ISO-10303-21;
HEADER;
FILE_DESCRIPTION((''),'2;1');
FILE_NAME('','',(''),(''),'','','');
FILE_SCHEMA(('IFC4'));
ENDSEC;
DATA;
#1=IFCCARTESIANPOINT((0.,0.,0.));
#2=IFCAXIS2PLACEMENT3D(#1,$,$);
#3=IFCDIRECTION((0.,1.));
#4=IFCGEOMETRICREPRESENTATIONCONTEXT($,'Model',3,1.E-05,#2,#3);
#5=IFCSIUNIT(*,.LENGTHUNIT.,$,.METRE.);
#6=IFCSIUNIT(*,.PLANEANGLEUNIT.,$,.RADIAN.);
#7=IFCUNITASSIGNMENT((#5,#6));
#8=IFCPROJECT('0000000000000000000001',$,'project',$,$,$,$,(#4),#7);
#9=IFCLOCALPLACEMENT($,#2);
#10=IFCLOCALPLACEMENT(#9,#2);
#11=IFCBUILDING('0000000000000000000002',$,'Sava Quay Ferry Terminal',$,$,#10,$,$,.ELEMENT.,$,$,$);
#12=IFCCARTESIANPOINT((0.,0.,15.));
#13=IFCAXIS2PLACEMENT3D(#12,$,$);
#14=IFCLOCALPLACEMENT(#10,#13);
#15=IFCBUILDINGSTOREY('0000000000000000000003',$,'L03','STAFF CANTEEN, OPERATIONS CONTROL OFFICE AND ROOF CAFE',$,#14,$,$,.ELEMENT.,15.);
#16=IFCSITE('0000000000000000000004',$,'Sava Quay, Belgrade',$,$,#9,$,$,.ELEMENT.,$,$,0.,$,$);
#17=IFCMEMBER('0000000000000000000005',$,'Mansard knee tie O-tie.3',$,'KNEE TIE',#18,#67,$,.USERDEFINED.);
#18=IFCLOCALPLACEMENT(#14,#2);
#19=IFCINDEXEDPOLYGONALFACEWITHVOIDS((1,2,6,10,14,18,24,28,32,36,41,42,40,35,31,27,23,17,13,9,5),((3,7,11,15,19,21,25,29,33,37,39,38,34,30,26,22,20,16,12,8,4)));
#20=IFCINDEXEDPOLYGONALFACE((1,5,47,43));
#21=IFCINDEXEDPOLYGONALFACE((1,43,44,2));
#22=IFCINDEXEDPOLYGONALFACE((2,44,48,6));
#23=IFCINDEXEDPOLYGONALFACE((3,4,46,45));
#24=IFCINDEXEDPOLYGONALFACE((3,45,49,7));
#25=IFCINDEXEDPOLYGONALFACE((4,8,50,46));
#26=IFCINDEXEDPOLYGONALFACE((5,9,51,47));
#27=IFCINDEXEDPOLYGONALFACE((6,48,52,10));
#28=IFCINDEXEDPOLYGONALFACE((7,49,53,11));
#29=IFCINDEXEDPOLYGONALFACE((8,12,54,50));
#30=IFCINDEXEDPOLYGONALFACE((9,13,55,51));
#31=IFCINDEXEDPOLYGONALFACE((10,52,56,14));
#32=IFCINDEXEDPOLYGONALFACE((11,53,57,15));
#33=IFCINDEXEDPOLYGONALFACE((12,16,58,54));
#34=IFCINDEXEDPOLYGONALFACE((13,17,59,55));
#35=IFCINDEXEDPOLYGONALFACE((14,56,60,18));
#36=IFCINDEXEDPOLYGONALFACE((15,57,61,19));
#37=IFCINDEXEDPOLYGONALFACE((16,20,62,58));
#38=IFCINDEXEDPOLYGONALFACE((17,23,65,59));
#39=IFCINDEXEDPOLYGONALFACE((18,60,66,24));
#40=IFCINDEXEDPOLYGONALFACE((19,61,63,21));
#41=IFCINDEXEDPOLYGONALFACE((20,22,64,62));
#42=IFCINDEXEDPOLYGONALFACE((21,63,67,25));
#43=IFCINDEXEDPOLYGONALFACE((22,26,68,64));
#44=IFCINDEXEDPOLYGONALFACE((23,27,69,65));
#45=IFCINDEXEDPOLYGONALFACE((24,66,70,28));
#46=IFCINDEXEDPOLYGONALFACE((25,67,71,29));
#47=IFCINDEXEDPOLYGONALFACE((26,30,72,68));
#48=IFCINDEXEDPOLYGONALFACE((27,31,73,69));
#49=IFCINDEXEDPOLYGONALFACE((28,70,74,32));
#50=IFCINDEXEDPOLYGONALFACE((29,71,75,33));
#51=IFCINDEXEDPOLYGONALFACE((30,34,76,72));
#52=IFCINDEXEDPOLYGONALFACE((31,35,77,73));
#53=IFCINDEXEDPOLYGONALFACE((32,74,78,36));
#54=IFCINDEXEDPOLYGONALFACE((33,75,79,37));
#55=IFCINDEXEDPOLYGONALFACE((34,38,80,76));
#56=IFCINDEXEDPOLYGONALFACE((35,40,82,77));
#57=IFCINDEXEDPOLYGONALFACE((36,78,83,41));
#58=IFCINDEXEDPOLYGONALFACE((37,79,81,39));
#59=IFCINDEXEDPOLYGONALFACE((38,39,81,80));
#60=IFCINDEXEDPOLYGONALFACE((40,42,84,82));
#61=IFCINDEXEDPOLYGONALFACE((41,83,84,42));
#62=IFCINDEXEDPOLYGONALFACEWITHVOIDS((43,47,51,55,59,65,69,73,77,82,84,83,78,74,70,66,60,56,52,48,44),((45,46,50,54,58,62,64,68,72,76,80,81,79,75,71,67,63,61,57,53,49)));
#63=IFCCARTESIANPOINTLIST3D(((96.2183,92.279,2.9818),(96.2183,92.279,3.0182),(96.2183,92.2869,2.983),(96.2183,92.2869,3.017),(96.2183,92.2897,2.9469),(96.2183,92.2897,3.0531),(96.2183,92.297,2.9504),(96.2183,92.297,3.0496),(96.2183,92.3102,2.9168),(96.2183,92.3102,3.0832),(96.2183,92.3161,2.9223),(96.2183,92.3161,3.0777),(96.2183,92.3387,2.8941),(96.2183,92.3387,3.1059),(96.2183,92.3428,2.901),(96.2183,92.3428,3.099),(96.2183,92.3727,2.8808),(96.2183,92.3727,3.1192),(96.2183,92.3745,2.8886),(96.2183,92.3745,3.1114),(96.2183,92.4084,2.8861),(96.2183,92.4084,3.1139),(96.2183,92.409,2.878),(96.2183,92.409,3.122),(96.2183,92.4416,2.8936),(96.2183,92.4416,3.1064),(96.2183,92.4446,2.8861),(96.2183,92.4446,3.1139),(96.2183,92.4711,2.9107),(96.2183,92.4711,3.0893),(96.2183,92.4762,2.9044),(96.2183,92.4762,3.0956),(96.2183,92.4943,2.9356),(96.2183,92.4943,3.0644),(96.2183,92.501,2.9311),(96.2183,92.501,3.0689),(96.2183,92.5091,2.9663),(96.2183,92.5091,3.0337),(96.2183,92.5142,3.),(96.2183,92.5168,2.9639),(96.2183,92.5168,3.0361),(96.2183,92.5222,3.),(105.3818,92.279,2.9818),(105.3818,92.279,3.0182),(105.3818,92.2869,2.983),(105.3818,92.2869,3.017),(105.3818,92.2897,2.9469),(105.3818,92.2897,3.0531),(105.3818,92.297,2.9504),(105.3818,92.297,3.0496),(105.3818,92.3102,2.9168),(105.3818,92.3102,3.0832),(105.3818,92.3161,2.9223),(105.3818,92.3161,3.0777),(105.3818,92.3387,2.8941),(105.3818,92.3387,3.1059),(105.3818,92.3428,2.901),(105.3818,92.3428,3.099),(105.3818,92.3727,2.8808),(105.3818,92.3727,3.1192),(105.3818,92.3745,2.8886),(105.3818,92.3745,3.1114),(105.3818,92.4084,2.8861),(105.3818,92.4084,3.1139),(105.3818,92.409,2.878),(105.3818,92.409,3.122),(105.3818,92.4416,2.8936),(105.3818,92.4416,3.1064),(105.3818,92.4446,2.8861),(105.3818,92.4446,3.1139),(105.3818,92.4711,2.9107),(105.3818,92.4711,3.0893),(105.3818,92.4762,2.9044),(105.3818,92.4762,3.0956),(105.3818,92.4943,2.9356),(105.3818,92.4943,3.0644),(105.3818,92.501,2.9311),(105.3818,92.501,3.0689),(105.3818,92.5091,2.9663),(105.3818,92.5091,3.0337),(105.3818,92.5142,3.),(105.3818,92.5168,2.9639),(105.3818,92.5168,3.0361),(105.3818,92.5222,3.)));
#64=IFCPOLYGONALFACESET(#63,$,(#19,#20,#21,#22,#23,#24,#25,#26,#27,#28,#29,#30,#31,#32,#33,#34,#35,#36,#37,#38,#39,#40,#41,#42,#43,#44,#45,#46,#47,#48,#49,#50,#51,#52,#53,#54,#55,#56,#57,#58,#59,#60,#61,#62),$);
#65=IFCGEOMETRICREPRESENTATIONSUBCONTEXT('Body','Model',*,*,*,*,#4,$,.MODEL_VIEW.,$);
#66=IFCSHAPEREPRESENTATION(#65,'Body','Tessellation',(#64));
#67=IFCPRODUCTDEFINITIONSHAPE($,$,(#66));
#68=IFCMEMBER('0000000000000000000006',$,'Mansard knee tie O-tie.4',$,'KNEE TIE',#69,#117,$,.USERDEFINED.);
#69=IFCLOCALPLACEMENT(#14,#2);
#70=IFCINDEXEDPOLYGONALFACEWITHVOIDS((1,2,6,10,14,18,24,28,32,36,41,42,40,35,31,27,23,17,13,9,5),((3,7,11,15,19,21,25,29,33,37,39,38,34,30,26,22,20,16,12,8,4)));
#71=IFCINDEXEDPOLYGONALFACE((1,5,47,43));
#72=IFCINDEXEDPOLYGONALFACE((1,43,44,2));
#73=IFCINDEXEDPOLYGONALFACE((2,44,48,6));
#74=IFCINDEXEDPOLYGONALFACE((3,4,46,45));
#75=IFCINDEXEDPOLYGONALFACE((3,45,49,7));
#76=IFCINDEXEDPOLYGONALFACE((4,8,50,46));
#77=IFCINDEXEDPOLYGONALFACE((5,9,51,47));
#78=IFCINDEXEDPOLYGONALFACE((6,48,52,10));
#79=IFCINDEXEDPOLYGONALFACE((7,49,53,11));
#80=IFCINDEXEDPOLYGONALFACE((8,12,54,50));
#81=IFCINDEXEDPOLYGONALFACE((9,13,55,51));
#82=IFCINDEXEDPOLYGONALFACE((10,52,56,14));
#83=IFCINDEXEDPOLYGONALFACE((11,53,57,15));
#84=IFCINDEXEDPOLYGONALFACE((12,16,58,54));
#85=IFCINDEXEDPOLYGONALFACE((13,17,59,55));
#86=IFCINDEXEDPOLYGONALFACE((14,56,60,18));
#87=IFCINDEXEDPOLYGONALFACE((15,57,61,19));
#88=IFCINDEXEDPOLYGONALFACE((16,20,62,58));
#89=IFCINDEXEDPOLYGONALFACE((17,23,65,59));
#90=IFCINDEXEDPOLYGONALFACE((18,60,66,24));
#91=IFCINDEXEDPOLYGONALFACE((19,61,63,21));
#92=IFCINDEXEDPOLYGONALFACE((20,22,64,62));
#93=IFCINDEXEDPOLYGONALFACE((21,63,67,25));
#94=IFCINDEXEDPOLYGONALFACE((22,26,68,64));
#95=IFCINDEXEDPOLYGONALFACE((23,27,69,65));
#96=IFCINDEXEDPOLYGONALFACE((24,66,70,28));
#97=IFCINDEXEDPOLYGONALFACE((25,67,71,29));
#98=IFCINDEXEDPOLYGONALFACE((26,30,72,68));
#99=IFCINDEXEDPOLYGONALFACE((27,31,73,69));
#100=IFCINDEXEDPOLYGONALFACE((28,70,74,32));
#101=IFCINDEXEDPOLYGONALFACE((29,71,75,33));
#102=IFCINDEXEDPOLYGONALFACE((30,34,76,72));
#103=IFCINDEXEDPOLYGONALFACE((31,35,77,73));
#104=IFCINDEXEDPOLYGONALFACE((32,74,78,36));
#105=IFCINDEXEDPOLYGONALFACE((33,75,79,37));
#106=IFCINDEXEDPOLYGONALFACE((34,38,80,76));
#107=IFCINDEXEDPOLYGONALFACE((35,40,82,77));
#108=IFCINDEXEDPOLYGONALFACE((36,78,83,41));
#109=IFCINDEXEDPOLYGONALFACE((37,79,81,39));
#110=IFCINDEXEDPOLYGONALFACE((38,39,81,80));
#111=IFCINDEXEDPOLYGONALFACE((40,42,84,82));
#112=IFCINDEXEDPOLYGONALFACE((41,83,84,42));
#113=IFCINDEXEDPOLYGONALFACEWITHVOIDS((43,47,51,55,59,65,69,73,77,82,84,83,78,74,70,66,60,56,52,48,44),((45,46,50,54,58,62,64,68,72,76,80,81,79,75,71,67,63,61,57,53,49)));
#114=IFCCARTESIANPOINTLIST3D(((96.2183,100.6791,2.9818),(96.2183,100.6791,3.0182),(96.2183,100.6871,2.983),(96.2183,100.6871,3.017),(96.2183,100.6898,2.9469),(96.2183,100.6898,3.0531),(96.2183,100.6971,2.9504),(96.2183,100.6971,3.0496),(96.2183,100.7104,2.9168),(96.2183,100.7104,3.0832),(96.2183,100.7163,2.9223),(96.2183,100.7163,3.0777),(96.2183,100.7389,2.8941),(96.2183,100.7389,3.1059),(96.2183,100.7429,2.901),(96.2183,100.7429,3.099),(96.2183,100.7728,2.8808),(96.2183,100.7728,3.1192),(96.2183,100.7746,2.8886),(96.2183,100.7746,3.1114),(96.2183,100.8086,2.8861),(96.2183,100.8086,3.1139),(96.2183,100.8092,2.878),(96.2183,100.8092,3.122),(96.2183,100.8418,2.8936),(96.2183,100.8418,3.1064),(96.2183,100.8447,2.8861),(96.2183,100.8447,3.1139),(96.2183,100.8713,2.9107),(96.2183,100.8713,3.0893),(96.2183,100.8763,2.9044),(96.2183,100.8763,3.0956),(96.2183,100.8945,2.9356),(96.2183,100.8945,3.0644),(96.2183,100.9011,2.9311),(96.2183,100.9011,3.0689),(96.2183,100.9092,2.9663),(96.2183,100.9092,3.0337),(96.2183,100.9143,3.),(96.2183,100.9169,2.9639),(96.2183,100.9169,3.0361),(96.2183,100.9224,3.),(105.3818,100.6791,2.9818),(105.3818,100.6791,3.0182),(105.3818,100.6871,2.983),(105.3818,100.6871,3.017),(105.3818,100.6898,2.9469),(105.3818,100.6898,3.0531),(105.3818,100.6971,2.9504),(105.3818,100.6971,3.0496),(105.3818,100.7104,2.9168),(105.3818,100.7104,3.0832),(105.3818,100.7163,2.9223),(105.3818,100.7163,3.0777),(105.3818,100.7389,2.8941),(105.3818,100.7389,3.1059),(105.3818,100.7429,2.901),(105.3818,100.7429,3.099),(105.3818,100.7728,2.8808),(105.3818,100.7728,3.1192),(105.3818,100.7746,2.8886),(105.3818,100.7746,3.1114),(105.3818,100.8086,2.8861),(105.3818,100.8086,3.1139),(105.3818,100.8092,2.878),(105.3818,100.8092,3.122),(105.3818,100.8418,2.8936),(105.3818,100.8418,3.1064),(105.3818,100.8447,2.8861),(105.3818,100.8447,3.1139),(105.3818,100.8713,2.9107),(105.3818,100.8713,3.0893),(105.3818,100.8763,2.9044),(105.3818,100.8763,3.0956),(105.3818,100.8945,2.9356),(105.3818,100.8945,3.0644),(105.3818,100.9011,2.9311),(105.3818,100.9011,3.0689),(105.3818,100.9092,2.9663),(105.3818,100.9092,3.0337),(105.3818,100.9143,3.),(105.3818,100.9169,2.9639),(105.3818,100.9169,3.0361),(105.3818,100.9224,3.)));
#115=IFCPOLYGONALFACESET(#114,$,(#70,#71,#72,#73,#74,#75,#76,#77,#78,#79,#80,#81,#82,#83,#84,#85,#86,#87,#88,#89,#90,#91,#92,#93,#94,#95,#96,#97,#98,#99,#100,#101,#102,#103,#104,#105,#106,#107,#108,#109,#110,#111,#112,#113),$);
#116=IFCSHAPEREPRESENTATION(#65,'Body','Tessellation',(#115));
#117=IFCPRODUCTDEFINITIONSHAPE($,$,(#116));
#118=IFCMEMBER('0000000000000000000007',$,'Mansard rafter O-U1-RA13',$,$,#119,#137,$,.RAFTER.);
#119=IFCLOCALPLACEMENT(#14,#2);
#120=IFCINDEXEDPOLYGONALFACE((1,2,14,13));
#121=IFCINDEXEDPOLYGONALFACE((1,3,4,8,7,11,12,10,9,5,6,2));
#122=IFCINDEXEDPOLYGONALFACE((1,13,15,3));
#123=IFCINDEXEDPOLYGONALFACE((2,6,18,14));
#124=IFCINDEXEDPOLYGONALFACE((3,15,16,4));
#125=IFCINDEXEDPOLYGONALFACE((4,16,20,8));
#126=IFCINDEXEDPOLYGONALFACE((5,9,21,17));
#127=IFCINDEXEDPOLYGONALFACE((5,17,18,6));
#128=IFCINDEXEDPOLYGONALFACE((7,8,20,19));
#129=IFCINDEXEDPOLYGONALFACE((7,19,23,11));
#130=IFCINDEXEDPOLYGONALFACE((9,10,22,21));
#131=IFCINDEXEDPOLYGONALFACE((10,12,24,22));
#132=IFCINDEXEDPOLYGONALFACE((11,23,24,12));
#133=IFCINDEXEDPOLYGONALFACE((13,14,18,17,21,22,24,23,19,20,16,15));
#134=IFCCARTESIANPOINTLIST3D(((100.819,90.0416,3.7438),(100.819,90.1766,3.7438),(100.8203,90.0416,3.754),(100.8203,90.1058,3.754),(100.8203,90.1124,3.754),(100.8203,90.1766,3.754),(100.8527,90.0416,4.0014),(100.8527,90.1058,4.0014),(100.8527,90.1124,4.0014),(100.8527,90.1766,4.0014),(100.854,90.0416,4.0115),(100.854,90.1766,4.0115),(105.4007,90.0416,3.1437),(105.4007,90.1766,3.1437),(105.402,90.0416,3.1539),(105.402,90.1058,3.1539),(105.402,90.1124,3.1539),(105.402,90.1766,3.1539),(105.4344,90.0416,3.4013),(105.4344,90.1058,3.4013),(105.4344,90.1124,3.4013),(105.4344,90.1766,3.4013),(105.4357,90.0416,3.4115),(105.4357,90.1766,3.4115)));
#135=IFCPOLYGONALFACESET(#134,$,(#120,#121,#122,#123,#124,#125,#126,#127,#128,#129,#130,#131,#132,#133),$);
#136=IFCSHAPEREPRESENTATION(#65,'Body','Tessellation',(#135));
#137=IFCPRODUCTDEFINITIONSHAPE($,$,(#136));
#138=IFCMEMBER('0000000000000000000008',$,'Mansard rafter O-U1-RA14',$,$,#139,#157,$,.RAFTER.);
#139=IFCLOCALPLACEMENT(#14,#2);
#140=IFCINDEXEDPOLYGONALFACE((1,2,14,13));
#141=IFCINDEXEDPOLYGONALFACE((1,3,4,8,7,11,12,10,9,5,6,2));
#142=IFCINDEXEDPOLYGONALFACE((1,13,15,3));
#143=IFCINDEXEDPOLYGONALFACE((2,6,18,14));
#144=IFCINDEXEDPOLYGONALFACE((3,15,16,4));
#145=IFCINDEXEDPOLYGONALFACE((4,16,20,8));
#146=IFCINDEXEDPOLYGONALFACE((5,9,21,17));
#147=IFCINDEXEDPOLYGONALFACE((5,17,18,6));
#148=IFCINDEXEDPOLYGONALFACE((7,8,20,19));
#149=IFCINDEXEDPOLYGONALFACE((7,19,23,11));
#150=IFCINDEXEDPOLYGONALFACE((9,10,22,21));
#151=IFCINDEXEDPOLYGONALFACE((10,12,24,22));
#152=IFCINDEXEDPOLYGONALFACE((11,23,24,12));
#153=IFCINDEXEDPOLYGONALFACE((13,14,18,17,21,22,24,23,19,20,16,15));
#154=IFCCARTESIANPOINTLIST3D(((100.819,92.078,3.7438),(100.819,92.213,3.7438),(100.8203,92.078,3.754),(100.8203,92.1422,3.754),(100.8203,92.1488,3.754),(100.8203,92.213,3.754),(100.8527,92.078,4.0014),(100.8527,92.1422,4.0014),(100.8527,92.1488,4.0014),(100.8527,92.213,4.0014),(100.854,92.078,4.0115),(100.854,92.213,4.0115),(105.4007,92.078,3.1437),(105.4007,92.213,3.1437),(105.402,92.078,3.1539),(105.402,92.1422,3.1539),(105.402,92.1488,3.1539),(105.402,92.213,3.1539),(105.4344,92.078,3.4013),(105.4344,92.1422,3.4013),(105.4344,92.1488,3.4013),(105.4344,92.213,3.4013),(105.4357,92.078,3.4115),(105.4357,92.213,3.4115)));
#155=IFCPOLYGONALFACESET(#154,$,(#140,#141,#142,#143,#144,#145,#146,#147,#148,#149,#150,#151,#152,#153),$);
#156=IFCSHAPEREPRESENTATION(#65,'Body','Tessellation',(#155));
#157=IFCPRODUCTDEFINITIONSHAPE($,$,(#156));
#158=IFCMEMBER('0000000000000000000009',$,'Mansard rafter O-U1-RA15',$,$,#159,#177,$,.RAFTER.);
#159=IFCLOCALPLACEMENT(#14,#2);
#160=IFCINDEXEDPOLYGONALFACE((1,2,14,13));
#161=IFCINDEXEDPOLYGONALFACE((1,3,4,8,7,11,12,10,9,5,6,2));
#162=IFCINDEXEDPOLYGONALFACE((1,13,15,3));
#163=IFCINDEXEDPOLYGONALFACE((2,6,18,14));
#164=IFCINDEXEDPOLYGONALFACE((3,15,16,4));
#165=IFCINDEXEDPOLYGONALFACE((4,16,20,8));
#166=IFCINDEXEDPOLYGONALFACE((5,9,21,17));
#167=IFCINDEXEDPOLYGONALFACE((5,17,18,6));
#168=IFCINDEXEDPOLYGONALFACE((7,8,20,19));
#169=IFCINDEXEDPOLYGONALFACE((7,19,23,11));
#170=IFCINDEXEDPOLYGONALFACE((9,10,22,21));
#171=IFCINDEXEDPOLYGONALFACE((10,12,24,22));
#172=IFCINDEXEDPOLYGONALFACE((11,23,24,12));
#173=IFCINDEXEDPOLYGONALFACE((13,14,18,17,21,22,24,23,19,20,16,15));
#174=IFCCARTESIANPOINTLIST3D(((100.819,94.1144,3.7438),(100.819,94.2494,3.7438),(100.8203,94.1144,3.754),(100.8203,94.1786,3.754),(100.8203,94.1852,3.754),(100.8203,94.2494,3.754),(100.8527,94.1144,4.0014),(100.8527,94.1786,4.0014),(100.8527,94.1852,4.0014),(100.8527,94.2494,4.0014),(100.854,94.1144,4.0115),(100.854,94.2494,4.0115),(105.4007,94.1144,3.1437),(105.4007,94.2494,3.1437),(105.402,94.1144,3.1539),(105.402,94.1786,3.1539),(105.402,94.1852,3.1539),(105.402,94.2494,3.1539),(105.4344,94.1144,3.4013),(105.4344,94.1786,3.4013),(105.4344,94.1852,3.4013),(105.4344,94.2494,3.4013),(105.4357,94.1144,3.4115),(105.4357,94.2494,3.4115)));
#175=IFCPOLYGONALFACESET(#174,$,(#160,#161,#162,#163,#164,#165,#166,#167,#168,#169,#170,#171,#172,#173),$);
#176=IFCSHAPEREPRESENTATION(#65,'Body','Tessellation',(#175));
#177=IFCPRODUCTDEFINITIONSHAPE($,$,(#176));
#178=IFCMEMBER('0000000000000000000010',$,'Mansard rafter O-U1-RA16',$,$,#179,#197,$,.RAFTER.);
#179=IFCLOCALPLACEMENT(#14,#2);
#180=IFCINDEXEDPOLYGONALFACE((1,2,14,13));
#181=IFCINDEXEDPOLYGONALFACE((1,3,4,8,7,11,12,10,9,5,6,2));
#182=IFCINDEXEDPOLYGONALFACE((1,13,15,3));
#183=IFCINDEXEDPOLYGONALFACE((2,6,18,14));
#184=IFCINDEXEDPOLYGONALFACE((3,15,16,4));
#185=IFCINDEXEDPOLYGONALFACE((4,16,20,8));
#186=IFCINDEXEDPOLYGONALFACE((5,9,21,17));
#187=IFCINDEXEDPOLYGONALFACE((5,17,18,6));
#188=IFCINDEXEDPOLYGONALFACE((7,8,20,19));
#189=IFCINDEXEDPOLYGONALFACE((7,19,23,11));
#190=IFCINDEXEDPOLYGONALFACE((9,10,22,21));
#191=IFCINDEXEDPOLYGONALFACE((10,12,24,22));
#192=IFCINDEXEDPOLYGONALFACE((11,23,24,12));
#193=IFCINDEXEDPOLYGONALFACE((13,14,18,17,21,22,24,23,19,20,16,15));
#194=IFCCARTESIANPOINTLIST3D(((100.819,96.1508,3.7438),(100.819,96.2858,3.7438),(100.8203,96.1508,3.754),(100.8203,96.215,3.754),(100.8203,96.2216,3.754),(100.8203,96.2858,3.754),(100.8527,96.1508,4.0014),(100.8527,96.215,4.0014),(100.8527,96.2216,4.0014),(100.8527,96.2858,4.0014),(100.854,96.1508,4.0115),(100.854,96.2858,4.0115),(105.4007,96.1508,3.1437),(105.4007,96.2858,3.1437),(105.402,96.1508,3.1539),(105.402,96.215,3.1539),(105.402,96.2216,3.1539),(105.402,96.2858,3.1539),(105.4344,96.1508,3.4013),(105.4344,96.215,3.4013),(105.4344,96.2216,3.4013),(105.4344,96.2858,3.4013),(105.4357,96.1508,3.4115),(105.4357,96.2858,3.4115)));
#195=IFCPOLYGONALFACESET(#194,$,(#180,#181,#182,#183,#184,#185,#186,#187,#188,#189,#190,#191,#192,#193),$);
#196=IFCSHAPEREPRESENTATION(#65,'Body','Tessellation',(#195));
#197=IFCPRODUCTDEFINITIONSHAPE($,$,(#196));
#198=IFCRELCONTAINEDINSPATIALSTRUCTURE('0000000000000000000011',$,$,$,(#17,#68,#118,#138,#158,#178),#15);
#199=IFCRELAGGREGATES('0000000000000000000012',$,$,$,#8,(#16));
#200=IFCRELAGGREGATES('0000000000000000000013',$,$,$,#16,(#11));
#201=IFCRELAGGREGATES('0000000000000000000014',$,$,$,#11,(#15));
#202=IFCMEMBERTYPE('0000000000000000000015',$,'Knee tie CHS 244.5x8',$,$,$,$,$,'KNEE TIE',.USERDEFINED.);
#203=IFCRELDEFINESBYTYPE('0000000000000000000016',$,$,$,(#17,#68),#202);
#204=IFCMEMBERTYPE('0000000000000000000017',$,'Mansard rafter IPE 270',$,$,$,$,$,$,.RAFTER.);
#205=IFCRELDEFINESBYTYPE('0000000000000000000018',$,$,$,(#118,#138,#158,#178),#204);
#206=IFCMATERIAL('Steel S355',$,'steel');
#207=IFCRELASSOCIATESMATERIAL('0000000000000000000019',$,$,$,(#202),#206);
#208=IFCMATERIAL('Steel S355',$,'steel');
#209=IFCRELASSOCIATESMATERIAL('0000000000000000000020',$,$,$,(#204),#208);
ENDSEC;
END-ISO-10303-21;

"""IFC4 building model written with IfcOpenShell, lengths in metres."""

from ifc_helpers import new_model, si_unit, direction, frame, origin, origin_2d, place, context, subcontext, project, spatial, hollow_circle, i_section, extrude, material, material_profile, profile_set, type_object, element, save


model = new_model("IFC4")

# Units and contexts
model_context = context("Model", 3, precision=1e-05, world=origin(), true_north=direction((0.0, 1.0)))
body_context = subcontext(model_context, "Body", "Model", "MODEL_VIEW")
ifc_project = project(units=[si_unit("LENGTHUNIT", "METRE"), si_unit("PLANEANGLEUNIT", "RADIAN")], contexts=[model_context])

# Site, building, storey
site_placement = place(None, origin())
site = spatial("IfcSite", under=ifc_project, at=site_placement, Name="Sava Quay, Belgrade", CompositionType="ELEMENT", RefElevation=0.0)
building_placement = place(site_placement, origin())
building = spatial("IfcBuilding", under=site, at=building_placement, Name="Sava Quay Ferry Terminal", CompositionType="ELEMENT")
storey_placement = place(building_placement, frame((0.0, 0.0, 15.0)))
storey = spatial("IfcBuildingStorey", under=building, at=storey_placement, Name="L03", Description="STAFF CANTEEN, OPERATIONS CONTROL OFFICE AND ROOF CAFE", CompositionType="ELEMENT", Elevation=15.0)

# Members
ifc_material_1 = material(Name="Steel S355", Category="steel")
ifc_material_profile_1 = material_profile(ifc_material_1, hollow_circle(Radius=0.1223, WallThickness=0.0081, at=origin_2d()), Name="CHS 244.5 x 8.0")
ifc_profile_set_1 = profile_set([ifc_material_profile_1], Name="Steel S355")
member_type_1 = type_object("IfcMemberType", Name="Knee tie CHS 244.5x8", ElementType="KNEE TIE", PredefinedType="USERDEFINED", material=ifc_profile_set_1)
for number, where, z_axis, x_axis, name in (
    (1, (96.2183, 92.3999, 3.0), (1.0, 0.0, 0.0), (0.0, 1.0, 0.0), "Mansard knee tie O-tie.3"),
    (2, (96.2183, 100.8, 3.0), (1.0, 0.0, 0.0), (0.0, 1.0, 0.0), "Mansard knee tie O-tie.4"),
):
    element("IfcMember", number, at=place(storey_placement, frame(where, z_axis=z_axis, x_axis=x_axis)), inside=storey, type_object=member_type_1, Name=name, ObjectType="KNEE TIE", PredefinedType="USERDEFINED", context=body_context, shape_type="SweptSolid", body=[
        extrude(hollow_circle(Radius=0.1223, WallThickness=0.0081, at=origin_2d()), origin(), (0.0, 0.0, 1.0), 9.1636),
    ])
ifc_material_2 = material(Name="Steel S355", Category="steel")
ifc_material_profile_2 = material_profile(ifc_material_2, i_section(OverallWidth=0.135, OverallDepth=0.27, WebThickness=0.0066, FlangeThickness=0.0103, at=origin_2d()), Name="IPE 270")
ifc_profile_set_2 = profile_set([ifc_material_profile_2], Name="Steel S355")
member_type_2 = type_object("IfcMemberType", Name="Mansard rafter IPE 270", PredefinedType="RAFTER", material=ifc_profile_set_2)
for number, where, z_axis, x_axis, name in (
    (3, (105.4182, 90.1091, 3.2776), (-0.991532, 0.0, 0.129865), (0.0, -1.0, 0.0), "Mansard rafter O-U1-RA13"),
    (4, (105.4182, 92.1455, 3.2776), (-0.991532, 0.0, 0.129865), (0.0, -1.0, 0.0), "Mansard rafter O-U1-RA14"),
    (5, (105.4182, 94.1819, 3.2776), (-0.991532, 0.0, 0.129865), (0.0, -1.0, 0.0), "Mansard rafter O-U1-RA15"),
    (6, (105.4182, 96.2183, 3.2776), (-0.991532, 0.0, 0.129865), (0.0, -1.0, 0.0), "Mansard rafter O-U1-RA16"),
):
    element("IfcMember", number, at=place(storey_placement, frame(where, z_axis=z_axis, x_axis=x_axis)), inside=storey, type_object=member_type_2, Name=name, PredefinedType="RAFTER", context=body_context, shape_type="SweptSolid", body=[
        extrude(i_section(OverallWidth=0.135, OverallDepth=0.27, WebThickness=0.0066, FlangeThickness=0.0103, at=origin_2d()), origin(), (0.0, 0.0, 1.0), 4.6208),
    ])

save(model, "model.ifc")
